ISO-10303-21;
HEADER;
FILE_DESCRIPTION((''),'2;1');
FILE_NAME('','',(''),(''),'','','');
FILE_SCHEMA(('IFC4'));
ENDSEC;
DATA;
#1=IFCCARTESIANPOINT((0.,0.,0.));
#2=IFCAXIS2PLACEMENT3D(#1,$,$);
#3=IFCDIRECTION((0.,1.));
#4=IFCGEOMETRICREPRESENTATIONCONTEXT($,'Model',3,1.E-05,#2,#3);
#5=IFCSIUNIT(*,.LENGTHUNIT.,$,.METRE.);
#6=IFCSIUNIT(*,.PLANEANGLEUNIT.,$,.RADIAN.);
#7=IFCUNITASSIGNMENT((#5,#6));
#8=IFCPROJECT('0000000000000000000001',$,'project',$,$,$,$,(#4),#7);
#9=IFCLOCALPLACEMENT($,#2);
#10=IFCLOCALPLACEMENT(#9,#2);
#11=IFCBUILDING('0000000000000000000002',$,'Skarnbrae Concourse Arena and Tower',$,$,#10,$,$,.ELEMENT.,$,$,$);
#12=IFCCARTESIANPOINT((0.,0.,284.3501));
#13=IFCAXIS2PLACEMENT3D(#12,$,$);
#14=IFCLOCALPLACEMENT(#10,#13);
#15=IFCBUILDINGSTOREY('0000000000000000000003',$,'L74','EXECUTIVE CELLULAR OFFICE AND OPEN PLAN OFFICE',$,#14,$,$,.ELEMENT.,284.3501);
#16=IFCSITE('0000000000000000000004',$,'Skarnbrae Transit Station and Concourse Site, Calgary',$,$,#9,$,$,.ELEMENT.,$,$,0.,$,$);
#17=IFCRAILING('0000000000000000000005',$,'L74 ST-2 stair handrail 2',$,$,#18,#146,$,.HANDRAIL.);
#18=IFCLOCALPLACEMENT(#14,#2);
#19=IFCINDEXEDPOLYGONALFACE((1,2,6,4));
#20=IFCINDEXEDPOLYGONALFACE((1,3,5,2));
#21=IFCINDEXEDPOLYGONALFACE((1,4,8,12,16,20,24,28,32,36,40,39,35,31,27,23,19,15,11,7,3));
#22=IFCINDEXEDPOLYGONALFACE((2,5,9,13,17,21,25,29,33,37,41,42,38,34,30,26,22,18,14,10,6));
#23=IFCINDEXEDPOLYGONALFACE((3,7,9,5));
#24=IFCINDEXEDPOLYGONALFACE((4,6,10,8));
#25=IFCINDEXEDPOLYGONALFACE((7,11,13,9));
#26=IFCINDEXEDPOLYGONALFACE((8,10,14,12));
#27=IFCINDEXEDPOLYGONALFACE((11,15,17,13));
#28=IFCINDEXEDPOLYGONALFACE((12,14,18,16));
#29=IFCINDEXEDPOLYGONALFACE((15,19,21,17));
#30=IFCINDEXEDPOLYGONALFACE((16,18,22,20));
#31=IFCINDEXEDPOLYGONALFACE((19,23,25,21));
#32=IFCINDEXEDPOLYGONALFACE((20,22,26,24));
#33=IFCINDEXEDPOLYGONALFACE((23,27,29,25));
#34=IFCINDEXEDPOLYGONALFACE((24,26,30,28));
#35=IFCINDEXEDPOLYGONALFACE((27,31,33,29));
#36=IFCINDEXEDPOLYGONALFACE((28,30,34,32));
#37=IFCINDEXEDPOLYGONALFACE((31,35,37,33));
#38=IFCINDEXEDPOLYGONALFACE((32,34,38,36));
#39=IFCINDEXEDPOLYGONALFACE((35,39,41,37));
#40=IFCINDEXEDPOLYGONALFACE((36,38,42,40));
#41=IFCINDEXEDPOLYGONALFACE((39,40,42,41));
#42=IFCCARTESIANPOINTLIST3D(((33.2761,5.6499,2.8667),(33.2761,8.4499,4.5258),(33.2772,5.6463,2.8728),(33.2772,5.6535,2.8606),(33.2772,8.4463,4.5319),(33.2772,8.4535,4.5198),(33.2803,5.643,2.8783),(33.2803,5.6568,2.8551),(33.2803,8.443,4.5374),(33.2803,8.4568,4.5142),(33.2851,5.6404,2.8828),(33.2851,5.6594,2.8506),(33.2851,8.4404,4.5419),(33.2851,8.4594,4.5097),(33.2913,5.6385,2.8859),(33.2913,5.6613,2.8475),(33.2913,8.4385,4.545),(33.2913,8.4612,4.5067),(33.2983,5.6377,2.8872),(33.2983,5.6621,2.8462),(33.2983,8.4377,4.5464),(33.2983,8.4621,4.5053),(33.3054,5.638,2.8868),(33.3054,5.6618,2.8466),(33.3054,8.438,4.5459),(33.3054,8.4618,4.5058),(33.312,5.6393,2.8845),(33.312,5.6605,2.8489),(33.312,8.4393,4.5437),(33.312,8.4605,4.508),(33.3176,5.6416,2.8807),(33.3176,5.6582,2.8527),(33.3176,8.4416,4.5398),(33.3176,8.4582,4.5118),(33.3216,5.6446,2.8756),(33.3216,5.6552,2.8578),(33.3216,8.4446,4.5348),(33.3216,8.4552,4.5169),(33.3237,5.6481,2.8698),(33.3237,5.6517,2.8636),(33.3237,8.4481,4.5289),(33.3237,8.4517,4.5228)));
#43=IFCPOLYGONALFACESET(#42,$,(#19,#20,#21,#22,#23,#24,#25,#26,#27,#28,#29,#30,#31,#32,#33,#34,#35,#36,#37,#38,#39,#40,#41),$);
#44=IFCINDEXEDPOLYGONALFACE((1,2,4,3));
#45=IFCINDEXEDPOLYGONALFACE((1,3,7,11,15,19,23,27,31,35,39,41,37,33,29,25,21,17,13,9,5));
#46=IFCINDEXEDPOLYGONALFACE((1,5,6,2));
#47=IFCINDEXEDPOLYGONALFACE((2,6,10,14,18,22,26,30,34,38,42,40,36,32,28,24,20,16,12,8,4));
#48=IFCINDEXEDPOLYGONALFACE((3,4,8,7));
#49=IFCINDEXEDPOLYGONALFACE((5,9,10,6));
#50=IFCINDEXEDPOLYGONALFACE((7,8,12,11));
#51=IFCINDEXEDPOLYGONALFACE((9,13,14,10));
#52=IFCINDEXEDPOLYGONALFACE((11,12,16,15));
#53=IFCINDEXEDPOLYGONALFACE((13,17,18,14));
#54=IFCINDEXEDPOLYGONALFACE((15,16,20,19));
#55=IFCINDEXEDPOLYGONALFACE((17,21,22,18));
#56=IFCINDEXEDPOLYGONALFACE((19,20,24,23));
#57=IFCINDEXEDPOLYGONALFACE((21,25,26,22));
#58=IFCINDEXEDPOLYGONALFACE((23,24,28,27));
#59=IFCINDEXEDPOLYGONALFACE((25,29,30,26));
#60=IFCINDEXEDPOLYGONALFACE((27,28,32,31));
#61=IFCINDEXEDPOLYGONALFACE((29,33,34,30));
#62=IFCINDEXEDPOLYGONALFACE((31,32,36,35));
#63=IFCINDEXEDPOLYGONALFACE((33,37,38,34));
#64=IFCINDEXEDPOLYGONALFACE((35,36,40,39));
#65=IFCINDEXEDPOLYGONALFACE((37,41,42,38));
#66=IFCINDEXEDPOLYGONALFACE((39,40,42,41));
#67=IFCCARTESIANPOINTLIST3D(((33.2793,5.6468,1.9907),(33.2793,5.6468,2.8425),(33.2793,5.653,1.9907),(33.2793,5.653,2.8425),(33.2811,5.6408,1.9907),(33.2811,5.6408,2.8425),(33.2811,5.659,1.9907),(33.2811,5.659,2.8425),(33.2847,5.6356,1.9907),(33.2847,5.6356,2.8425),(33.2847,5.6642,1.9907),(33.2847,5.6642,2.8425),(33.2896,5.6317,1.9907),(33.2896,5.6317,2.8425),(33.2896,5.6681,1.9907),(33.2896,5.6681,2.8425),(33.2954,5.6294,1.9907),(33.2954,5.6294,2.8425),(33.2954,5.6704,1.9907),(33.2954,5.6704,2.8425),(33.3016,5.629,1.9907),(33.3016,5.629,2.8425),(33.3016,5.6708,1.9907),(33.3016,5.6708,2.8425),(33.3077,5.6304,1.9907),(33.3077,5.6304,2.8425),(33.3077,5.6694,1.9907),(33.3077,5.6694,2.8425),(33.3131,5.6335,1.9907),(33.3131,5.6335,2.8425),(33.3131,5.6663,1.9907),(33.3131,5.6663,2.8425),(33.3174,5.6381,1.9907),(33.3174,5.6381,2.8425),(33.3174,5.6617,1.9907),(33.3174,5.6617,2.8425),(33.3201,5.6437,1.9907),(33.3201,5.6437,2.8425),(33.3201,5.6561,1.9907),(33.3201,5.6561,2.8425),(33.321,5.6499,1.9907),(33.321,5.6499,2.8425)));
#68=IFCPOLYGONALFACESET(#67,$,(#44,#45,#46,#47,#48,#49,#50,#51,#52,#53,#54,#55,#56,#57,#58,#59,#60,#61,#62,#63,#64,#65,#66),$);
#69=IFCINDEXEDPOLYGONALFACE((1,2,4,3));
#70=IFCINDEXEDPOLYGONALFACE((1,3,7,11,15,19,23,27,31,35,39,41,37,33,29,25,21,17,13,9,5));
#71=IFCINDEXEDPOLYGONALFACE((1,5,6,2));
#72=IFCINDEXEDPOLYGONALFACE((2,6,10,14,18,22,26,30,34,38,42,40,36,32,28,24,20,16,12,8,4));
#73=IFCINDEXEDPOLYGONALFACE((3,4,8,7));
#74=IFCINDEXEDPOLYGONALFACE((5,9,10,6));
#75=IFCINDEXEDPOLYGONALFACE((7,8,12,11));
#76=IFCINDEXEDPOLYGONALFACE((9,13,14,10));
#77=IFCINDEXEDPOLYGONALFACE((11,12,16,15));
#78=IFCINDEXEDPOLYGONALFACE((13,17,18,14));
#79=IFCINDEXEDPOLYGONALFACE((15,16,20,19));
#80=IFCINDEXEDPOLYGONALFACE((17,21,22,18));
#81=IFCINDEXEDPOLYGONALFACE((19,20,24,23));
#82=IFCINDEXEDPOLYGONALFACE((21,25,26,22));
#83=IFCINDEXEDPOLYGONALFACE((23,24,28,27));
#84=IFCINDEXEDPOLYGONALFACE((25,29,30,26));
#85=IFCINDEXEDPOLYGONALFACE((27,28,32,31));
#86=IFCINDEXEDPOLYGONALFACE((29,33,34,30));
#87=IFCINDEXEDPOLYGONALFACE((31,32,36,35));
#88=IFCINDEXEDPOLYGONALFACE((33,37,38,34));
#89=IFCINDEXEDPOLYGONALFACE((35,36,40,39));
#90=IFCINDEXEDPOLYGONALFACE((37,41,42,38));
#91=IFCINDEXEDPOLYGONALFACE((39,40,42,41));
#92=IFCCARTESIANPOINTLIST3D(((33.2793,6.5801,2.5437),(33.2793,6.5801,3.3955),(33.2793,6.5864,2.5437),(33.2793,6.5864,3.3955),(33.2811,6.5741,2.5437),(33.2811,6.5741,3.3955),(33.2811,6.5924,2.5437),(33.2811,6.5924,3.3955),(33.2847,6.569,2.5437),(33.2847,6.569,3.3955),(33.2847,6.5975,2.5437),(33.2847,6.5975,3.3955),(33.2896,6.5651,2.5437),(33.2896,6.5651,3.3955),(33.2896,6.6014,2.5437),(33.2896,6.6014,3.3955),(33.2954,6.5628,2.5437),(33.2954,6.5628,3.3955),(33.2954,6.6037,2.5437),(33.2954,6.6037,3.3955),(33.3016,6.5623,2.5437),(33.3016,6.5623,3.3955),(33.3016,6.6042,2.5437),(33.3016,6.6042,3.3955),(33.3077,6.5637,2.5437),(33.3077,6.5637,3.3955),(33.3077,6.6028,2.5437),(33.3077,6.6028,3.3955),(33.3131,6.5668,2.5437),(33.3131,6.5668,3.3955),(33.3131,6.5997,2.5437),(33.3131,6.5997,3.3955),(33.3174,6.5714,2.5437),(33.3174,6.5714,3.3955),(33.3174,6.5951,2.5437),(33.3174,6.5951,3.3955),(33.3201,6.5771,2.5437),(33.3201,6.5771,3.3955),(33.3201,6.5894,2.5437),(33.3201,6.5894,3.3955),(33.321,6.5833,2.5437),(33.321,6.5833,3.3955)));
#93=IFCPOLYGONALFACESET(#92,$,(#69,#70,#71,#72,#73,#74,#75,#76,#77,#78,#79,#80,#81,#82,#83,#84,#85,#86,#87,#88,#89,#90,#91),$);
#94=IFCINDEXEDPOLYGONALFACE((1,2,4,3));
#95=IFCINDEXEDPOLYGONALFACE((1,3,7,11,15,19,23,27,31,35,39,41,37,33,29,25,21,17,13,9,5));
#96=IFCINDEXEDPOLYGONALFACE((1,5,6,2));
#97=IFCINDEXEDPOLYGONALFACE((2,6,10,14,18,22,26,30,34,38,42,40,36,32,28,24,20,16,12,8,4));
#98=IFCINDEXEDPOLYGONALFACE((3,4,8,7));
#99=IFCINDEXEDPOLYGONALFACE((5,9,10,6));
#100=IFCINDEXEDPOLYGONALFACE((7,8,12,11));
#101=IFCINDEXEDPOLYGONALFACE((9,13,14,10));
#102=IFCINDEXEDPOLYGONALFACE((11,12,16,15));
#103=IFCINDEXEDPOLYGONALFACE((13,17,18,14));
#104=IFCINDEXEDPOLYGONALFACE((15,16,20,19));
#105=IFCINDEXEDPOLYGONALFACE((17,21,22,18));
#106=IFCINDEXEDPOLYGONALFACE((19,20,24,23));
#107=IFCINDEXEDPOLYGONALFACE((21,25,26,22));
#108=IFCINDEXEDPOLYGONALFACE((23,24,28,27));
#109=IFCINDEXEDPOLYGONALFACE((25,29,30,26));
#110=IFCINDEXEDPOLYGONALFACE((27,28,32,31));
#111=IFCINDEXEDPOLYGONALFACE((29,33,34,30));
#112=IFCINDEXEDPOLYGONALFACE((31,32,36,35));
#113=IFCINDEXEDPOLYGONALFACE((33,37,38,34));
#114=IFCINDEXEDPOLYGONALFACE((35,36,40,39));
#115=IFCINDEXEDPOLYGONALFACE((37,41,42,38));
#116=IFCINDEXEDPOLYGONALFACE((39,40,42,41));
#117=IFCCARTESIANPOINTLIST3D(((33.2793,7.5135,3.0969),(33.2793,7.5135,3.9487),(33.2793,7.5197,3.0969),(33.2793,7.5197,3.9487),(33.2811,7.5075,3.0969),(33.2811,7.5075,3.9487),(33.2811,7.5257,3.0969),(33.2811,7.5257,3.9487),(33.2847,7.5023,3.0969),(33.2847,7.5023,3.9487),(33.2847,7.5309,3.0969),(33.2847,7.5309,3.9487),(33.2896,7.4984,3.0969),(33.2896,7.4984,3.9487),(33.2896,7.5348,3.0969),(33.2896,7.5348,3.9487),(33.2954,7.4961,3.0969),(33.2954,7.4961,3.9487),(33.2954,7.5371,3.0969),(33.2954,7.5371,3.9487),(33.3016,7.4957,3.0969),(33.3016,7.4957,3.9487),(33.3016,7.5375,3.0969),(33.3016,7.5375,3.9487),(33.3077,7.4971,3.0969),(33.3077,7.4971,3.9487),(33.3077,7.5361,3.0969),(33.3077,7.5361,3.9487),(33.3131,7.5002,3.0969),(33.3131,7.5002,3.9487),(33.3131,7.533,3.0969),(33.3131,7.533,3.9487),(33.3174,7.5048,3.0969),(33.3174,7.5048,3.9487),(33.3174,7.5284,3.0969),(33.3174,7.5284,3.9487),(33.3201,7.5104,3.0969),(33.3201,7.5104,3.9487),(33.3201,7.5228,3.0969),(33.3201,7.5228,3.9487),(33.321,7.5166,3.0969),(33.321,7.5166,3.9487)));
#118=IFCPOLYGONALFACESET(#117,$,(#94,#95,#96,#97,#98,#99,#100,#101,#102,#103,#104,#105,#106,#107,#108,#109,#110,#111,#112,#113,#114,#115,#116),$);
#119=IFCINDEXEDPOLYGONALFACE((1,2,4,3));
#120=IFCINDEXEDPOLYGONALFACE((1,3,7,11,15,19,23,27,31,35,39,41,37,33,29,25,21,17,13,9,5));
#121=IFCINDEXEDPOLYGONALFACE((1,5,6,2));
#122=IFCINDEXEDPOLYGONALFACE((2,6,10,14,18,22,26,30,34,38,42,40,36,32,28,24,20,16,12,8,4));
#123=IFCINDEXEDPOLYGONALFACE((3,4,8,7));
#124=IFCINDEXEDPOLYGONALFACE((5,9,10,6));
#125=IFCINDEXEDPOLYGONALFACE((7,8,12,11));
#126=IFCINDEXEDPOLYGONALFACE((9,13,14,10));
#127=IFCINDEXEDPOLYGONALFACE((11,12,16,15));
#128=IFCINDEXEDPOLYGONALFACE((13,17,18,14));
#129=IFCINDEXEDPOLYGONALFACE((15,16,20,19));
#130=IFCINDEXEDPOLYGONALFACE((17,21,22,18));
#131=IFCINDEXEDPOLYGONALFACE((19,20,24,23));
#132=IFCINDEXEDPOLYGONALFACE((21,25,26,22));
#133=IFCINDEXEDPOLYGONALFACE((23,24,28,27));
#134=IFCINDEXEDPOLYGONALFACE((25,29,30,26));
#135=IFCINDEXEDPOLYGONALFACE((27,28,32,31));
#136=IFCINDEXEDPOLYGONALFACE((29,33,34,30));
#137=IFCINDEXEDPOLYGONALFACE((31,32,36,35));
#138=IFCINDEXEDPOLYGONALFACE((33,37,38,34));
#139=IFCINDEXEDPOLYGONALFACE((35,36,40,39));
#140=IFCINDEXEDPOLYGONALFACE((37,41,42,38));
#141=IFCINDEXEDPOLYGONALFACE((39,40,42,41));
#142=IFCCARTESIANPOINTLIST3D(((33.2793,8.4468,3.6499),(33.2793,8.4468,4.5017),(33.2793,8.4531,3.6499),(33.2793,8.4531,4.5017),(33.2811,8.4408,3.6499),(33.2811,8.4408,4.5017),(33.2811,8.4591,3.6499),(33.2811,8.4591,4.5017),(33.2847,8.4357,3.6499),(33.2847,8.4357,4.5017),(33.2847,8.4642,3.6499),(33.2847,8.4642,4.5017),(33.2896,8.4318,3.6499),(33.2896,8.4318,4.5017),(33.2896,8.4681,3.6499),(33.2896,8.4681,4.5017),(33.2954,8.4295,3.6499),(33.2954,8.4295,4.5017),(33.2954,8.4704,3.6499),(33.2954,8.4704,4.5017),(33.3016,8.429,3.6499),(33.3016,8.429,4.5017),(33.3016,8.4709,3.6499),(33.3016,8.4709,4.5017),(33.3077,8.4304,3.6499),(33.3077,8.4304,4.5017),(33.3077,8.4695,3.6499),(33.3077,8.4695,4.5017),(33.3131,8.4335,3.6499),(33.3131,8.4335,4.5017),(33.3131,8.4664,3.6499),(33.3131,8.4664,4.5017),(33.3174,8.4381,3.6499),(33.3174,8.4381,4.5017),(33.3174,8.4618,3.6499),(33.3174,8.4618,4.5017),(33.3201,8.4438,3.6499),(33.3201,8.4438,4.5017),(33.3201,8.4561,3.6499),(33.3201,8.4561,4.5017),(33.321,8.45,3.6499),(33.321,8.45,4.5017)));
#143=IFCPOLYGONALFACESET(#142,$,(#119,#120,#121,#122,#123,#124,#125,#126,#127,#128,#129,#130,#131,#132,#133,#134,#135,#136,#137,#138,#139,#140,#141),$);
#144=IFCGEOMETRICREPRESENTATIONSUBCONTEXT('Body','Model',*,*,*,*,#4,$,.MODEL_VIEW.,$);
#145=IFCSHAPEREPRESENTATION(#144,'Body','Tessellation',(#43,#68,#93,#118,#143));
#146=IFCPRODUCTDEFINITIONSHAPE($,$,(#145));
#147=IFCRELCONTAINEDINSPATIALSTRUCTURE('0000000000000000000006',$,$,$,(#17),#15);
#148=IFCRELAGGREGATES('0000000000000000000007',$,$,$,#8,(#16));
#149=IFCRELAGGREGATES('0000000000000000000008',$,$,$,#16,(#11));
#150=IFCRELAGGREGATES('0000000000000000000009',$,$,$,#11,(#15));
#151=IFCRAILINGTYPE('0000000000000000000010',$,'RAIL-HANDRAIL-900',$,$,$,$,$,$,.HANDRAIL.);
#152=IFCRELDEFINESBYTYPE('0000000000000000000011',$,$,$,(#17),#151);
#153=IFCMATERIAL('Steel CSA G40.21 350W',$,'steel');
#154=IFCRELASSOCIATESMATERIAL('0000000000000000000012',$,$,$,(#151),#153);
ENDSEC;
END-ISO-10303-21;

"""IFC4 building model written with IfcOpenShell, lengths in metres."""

from ifc_helpers import new_model, si_unit, direction, frame, origin, origin_2d, place, context, subcontext, project, spatial, circle, extrude, material, type_object, element, save


model = new_model("IFC4")

# Units and contexts
model_context = context("Model", 3, precision=1e-05, world=origin(), true_north=direction((0.0, 1.0)))
body_context = subcontext(model_context, "Body", "Model", "MODEL_VIEW")
ifc_project = project(units=[si_unit("LENGTHUNIT", "METRE"), si_unit("PLANEANGLEUNIT", "RADIAN")], contexts=[model_context])

# Site, building, storey
site_placement = place(None, origin())
site = spatial("IfcSite", under=ifc_project, at=site_placement, Name="Skarnbrae Transit Station and Concourse Site, Calgary", CompositionType="ELEMENT", RefElevation=0.0)
building_placement = place(site_placement, origin())
building = spatial("IfcBuilding", under=site, at=building_placement, Name="Skarnbrae Concourse Arena and Tower", CompositionType="ELEMENT")
storey_placement = place(building_placement, frame((0.0, 0.0, 284.3501)))
storey = spatial("IfcBuildingStorey", under=building, at=storey_placement, Name="L74", Description="EXECUTIVE CELLULAR OFFICE AND OPEN PLAN OFFICE", CompositionType="ELEMENT", Elevation=284.3501)

# Shared definitions
ifc_material_1 = material(Name="Steel CSA G40.21 350W", Category="steel")

# Railing
railing_type_1 = type_object("IfcRailingType", Name="RAIL-HANDRAIL-900", PredefinedType="HANDRAIL", material=ifc_material_1)
railing_1_placement = place(storey_placement, frame((33.3, 5.6499, 1.9907)))
element("IfcRailing", 1, at=railing_1_placement, inside=storey, type_object=railing_type_1, Name="L74 ST-2 stair handrail 2", PredefinedType="HANDRAIL", context=body_context, shape_type="SweptSolid", body=[
    extrude(circle(Radius=0.0239, at=origin_2d()), frame((0.0, 0.0, 0.876), z_axis=(0.0, 0.860306, 0.509778), x_axis=(-1.0, 0.0, 0.0)), (0.0, 0.0, 1.0), 3.2546),
    extrude(circle(Radius=0.021, at=origin_2d()), origin(), (0.0, 0.0, 1.0), 0.8518),
    extrude(circle(Radius=0.021, at=origin_2d()), frame((0.0, 0.9333, 0.553)), (0.0, 0.0, 1.0), 0.8518),
    extrude(circle(Radius=0.021, at=origin_2d()), frame((0.0, 1.8667, 1.1062)), (0.0, 0.0, 1.0), 0.8518),
    extrude(circle(Radius=0.021, at=origin_2d()), frame((0.0, 2.8, 1.6592)), (0.0, 0.0, 1.0), 0.8518),
])

save(model, "model.ifc")
